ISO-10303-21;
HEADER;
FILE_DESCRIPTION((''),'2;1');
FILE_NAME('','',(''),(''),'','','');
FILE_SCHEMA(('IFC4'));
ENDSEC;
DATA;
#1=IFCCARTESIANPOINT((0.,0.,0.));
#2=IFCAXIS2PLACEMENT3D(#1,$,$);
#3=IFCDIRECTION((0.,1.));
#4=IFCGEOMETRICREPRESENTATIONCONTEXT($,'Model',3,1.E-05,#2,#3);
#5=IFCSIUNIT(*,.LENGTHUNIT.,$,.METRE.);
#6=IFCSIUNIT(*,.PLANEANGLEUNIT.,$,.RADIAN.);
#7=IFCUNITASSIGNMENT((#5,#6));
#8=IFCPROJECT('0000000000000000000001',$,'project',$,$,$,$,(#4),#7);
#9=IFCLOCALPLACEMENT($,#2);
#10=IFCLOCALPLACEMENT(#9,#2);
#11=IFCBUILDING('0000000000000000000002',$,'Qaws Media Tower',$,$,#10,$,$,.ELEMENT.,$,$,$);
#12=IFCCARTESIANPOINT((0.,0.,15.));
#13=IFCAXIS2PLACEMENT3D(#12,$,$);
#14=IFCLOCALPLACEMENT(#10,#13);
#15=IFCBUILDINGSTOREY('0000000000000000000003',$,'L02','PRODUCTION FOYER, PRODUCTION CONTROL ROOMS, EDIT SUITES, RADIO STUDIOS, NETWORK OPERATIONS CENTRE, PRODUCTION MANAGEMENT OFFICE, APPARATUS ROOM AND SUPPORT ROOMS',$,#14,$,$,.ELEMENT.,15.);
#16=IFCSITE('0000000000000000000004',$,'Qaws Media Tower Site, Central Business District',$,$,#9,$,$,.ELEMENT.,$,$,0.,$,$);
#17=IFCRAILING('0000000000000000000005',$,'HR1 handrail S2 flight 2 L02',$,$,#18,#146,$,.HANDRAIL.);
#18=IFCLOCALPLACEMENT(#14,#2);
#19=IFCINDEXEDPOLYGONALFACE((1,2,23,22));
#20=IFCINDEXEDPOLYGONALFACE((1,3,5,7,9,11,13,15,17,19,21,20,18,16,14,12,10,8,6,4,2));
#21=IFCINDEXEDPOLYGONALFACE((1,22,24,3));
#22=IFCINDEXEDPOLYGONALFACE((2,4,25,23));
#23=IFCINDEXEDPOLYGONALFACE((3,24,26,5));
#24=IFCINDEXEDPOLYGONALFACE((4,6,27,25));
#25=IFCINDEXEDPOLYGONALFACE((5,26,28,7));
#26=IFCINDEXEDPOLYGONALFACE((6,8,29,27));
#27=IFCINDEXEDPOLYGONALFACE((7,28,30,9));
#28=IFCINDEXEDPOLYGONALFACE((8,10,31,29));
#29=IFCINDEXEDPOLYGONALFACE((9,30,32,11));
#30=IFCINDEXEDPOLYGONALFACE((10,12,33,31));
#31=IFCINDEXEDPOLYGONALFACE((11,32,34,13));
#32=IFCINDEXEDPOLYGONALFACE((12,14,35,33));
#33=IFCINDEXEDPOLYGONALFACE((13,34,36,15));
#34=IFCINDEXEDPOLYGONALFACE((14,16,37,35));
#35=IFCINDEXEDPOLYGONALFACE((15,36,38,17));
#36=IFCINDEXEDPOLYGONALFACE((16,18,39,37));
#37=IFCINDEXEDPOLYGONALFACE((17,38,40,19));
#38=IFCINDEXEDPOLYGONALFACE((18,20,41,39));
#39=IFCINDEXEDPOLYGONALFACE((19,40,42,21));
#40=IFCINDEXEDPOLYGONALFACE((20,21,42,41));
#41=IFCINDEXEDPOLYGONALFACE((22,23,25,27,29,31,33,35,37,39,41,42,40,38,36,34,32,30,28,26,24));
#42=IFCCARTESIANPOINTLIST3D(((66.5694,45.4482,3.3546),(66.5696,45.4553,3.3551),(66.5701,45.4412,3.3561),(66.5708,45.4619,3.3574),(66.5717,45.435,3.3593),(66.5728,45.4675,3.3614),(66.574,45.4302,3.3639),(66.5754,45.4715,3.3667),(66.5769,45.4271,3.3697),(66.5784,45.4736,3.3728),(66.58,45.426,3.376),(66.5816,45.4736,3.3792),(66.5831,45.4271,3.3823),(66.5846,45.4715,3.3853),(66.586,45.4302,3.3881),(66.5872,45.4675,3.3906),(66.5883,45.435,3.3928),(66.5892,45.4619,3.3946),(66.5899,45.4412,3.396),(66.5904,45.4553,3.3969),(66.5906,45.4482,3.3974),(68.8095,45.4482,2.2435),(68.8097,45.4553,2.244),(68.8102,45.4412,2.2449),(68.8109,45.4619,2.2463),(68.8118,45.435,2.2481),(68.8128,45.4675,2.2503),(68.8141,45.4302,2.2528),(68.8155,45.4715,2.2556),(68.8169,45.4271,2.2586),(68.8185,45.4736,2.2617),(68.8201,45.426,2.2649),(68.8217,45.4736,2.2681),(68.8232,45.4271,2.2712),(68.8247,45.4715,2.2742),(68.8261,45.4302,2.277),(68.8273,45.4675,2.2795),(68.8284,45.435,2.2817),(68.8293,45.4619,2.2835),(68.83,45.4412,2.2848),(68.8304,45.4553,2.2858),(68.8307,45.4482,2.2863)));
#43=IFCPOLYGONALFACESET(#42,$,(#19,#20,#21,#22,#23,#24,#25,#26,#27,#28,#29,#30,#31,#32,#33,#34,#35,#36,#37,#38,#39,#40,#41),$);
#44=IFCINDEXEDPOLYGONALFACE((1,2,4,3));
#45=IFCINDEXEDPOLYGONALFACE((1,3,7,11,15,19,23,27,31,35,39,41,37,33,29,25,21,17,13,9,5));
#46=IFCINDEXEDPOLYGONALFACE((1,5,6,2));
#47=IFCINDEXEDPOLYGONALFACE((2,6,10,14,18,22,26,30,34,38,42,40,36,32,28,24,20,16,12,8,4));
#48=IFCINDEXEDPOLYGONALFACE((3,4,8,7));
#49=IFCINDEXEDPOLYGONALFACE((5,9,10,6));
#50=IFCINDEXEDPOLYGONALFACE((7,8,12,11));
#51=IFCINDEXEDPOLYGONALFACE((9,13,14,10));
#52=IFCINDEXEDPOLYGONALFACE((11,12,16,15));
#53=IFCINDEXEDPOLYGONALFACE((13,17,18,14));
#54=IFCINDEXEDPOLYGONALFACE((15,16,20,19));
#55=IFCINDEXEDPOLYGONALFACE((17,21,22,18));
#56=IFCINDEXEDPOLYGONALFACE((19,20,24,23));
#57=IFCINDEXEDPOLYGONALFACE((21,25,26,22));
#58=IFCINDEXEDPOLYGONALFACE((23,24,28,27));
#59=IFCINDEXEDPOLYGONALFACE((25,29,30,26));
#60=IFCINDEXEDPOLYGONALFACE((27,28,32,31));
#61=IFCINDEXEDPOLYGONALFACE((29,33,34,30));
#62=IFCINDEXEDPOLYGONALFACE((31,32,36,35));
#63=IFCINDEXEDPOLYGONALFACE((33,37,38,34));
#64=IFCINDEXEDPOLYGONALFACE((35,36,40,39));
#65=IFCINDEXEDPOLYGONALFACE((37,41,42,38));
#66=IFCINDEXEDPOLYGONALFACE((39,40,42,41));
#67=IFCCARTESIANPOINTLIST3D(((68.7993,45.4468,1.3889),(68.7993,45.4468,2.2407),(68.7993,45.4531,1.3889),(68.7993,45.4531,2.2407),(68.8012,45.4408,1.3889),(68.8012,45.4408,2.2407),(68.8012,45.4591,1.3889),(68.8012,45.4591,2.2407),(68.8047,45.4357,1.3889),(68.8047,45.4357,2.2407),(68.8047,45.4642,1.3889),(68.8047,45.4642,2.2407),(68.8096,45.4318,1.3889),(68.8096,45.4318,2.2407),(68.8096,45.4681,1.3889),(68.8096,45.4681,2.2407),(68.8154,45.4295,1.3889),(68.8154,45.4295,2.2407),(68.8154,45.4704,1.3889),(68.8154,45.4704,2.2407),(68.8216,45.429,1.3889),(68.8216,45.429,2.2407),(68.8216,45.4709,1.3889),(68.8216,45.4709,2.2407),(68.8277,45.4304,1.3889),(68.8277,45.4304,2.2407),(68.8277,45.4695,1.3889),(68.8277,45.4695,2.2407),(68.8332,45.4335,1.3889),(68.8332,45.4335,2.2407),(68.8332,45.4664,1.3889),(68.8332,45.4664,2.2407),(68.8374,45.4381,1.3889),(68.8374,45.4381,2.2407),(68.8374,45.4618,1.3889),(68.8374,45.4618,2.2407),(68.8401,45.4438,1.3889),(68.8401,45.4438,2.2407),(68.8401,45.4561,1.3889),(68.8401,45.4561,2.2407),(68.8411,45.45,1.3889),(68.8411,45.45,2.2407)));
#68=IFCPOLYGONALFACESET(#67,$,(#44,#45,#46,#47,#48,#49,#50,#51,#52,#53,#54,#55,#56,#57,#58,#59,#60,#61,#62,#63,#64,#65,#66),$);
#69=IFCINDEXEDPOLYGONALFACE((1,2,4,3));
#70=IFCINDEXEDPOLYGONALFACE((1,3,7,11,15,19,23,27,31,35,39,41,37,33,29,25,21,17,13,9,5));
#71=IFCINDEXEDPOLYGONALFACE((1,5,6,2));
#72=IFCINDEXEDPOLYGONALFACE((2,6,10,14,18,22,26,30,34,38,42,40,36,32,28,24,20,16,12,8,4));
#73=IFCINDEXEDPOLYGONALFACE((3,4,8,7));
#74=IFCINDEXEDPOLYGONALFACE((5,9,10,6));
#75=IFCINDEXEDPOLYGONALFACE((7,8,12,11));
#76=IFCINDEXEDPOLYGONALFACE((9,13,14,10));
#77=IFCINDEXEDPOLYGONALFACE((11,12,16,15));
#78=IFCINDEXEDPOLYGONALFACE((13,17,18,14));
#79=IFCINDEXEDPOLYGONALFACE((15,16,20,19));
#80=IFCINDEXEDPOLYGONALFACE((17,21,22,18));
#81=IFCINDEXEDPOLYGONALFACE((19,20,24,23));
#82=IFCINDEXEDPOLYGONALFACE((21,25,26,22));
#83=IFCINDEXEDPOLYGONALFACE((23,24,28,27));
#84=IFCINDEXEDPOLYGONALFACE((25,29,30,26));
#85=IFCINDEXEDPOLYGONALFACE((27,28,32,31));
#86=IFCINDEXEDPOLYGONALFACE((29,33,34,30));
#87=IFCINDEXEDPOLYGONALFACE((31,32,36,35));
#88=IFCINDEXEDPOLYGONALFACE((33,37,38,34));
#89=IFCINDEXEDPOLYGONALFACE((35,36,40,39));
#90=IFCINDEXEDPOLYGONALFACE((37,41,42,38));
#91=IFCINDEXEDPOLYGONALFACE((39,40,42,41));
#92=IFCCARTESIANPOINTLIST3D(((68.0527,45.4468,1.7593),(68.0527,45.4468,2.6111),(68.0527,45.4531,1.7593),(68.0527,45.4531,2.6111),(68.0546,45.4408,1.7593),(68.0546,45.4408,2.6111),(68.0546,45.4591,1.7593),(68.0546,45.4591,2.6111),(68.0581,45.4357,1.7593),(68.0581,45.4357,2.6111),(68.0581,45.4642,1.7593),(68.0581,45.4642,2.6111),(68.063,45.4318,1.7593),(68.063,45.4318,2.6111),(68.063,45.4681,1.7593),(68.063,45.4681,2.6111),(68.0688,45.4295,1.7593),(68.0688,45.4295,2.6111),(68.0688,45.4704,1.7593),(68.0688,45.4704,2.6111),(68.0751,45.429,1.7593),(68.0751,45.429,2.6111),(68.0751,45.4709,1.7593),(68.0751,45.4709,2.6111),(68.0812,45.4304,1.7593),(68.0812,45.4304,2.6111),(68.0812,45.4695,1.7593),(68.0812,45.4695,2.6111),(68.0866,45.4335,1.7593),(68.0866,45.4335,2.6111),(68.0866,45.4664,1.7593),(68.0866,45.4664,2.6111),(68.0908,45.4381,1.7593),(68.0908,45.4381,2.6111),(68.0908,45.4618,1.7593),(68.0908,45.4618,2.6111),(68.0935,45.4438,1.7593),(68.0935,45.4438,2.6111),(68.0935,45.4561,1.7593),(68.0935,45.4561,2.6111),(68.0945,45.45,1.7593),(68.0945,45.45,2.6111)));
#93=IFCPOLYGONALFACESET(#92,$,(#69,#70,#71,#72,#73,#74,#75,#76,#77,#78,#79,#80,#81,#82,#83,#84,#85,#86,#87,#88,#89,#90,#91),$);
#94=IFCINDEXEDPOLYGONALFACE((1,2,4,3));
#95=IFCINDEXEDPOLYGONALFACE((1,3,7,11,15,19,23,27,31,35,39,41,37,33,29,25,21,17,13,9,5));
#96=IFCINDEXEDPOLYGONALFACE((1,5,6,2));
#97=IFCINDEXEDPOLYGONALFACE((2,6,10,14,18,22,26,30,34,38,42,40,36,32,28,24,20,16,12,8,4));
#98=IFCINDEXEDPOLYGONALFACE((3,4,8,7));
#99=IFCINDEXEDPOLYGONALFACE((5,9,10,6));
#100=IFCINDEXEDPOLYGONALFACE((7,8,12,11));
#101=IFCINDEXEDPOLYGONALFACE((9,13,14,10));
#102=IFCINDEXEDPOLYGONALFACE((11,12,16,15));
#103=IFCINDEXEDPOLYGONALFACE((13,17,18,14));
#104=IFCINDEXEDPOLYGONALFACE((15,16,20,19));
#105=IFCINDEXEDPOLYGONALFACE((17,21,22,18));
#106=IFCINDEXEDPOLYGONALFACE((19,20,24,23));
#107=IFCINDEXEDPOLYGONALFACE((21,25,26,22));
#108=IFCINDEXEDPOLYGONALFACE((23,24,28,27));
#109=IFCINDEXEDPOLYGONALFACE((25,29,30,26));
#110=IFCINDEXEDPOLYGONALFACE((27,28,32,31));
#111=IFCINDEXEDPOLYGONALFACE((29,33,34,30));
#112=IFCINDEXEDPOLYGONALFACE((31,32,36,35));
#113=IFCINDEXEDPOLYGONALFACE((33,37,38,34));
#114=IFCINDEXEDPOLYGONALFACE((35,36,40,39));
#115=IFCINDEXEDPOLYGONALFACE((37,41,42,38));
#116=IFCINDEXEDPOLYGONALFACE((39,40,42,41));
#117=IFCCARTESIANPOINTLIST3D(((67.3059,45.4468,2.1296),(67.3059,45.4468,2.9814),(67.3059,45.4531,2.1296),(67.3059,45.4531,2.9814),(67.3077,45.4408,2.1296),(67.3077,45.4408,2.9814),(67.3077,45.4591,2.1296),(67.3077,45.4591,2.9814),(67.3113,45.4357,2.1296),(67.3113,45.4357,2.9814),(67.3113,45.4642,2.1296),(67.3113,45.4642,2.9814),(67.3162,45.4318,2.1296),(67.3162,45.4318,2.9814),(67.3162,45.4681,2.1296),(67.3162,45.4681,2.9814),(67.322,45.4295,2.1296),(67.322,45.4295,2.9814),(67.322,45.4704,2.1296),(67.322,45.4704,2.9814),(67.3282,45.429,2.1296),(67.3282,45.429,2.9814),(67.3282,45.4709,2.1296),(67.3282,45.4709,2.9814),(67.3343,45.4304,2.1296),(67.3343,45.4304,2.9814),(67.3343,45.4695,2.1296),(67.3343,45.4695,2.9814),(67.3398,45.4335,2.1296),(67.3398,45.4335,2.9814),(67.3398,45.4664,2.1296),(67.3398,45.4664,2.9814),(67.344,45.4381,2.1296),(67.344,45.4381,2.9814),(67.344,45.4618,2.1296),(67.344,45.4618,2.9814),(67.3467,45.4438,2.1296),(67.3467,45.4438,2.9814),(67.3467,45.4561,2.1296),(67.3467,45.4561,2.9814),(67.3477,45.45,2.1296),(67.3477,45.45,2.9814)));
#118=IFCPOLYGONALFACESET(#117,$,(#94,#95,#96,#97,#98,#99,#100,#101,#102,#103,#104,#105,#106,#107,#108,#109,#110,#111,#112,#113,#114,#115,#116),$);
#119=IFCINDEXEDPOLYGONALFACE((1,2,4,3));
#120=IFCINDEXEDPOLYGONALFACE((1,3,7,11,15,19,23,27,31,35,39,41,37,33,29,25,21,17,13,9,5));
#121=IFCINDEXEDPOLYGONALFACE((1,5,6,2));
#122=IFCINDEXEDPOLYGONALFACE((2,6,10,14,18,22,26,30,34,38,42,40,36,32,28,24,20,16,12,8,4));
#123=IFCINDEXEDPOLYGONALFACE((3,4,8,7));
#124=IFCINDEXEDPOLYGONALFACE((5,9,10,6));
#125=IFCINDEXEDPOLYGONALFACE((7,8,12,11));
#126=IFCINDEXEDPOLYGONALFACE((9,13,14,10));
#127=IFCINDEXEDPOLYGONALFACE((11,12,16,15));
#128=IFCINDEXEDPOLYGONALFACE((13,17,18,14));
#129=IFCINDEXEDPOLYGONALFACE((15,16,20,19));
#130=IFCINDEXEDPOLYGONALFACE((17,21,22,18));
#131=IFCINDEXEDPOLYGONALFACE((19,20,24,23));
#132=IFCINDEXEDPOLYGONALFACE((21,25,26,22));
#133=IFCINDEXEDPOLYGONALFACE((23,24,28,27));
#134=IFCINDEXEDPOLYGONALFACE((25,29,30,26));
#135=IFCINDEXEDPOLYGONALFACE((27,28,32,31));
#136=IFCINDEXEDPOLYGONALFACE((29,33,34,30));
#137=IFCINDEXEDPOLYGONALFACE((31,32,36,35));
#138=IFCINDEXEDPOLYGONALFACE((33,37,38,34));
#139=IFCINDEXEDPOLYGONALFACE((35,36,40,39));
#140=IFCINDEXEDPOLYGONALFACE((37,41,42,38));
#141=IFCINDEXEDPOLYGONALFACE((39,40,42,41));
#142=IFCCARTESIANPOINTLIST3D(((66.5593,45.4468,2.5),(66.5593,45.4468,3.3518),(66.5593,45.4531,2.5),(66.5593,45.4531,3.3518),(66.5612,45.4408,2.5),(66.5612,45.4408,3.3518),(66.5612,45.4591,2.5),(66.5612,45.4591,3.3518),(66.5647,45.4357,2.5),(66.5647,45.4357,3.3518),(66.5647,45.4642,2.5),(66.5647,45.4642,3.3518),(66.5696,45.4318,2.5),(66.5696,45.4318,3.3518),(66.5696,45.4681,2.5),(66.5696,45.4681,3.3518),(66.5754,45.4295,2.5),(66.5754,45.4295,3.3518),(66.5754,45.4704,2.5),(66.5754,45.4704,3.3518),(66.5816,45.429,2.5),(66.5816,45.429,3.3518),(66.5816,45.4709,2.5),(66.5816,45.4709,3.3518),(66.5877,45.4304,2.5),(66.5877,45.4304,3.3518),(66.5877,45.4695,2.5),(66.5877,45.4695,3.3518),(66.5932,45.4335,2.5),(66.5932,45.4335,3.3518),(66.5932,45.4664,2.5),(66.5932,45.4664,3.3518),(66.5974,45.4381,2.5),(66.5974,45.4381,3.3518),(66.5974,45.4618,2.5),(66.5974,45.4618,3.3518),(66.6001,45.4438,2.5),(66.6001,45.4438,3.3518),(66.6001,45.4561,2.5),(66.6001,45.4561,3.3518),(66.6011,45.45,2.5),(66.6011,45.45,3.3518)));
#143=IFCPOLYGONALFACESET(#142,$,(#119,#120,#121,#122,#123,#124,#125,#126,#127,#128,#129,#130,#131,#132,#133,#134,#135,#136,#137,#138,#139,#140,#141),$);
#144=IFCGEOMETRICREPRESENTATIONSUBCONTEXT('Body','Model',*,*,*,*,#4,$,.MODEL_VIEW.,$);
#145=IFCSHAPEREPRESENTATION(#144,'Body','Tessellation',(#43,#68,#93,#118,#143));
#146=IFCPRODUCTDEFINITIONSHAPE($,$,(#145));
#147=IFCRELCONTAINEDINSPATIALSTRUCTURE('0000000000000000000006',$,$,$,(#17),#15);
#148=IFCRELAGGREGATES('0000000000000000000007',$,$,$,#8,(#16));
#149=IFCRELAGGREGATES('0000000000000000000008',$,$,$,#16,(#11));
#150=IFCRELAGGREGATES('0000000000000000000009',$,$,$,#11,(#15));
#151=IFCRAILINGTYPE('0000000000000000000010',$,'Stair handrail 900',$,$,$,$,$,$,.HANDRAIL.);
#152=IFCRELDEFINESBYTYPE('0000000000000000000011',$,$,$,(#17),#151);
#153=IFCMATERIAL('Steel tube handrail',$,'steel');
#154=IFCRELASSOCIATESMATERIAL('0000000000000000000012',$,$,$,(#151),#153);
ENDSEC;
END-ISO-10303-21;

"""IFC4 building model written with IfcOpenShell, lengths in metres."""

from ifc_helpers import new_model, si_unit, direction, frame, origin, origin_2d, place, context, subcontext, project, spatial, circle, extrude, material, type_object, element, save


model = new_model("IFC4")

# Units and contexts
model_context = context("Model", 3, precision=1e-05, world=origin(), true_north=direction((0.0, 1.0)))
body_context = subcontext(model_context, "Body", "Model", "MODEL_VIEW")
ifc_project = project(units=[si_unit("LENGTHUNIT", "METRE"), si_unit("PLANEANGLEUNIT", "RADIAN")], contexts=[model_context])

# Site, building, storey
site_placement = place(None, origin())
site = spatial("IfcSite", under=ifc_project, at=site_placement, Name="Qaws Media Tower Site, Central Business District", CompositionType="ELEMENT", RefElevation=0.0)
building_placement = place(site_placement, origin())
building = spatial("IfcBuilding", under=site, at=building_placement, Name="Qaws Media Tower", CompositionType="ELEMENT")
storey_placement = place(building_placement, frame((0.0, 0.0, 15.0)))
storey = spatial("IfcBuildingStorey", under=building, at=storey_placement, Name="L02", Description="PRODUCTION FOYER, PRODUCTION CONTROL ROOMS, EDIT SUITES, RADIO STUDIOS, NETWORK OPERATIONS CENTRE, PRODUCTION MANAGEMENT OFFICE, APPARATUS ROOM AND SUPPORT ROOMS", CompositionType="ELEMENT", Elevation=15.0)

# Railing
ifc_material_1 = material(Name="Steel tube handrail", Category="steel")
railing_type = type_object("IfcRailingType", Name="Stair handrail 900", PredefinedType="HANDRAIL", material=ifc_material_1)
for number, where, name in (
    (1, (68.8201, 45.45, 1.3889), "HR1 handrail S2 flight 2 L02"),
):
    element("IfcRailing", number, at=place(storey_placement, frame(where)), inside=storey, type_object=railing_type, Name=name, PredefinedType="HANDRAIL", context=body_context, shape_type="SweptSolid", body=[
        extrude(circle(Radius=0.0239, at=origin_2d()), frame((0.0, 0.0, 0.876), z_axis=(-0.895848, 0.0, 0.44436), x_axis=(0.0, -1.0, 0.0)), (0.0, 0.0, 1.0), 2.5005),
        extrude(circle(Radius=0.021, at=origin_2d()), origin(), (0.0, 0.0, 1.0), 0.8518),
        extrude(circle(Radius=0.021, at=origin_2d()), frame((-0.7466, 0.0, 0.3704)), (0.0, 0.0, 1.0), 0.8518),
        extrude(circle(Radius=0.021, at=origin_2d()), frame((-1.4934, 0.0, 0.7407)), (0.0, 0.0, 1.0), 0.8518),
        extrude(circle(Radius=0.021, at=origin_2d()), frame((-2.24, 0.0, 1.1111)), (0.0, 0.0, 1.0), 0.8518),
    ])

save(model, "model.ifc")
